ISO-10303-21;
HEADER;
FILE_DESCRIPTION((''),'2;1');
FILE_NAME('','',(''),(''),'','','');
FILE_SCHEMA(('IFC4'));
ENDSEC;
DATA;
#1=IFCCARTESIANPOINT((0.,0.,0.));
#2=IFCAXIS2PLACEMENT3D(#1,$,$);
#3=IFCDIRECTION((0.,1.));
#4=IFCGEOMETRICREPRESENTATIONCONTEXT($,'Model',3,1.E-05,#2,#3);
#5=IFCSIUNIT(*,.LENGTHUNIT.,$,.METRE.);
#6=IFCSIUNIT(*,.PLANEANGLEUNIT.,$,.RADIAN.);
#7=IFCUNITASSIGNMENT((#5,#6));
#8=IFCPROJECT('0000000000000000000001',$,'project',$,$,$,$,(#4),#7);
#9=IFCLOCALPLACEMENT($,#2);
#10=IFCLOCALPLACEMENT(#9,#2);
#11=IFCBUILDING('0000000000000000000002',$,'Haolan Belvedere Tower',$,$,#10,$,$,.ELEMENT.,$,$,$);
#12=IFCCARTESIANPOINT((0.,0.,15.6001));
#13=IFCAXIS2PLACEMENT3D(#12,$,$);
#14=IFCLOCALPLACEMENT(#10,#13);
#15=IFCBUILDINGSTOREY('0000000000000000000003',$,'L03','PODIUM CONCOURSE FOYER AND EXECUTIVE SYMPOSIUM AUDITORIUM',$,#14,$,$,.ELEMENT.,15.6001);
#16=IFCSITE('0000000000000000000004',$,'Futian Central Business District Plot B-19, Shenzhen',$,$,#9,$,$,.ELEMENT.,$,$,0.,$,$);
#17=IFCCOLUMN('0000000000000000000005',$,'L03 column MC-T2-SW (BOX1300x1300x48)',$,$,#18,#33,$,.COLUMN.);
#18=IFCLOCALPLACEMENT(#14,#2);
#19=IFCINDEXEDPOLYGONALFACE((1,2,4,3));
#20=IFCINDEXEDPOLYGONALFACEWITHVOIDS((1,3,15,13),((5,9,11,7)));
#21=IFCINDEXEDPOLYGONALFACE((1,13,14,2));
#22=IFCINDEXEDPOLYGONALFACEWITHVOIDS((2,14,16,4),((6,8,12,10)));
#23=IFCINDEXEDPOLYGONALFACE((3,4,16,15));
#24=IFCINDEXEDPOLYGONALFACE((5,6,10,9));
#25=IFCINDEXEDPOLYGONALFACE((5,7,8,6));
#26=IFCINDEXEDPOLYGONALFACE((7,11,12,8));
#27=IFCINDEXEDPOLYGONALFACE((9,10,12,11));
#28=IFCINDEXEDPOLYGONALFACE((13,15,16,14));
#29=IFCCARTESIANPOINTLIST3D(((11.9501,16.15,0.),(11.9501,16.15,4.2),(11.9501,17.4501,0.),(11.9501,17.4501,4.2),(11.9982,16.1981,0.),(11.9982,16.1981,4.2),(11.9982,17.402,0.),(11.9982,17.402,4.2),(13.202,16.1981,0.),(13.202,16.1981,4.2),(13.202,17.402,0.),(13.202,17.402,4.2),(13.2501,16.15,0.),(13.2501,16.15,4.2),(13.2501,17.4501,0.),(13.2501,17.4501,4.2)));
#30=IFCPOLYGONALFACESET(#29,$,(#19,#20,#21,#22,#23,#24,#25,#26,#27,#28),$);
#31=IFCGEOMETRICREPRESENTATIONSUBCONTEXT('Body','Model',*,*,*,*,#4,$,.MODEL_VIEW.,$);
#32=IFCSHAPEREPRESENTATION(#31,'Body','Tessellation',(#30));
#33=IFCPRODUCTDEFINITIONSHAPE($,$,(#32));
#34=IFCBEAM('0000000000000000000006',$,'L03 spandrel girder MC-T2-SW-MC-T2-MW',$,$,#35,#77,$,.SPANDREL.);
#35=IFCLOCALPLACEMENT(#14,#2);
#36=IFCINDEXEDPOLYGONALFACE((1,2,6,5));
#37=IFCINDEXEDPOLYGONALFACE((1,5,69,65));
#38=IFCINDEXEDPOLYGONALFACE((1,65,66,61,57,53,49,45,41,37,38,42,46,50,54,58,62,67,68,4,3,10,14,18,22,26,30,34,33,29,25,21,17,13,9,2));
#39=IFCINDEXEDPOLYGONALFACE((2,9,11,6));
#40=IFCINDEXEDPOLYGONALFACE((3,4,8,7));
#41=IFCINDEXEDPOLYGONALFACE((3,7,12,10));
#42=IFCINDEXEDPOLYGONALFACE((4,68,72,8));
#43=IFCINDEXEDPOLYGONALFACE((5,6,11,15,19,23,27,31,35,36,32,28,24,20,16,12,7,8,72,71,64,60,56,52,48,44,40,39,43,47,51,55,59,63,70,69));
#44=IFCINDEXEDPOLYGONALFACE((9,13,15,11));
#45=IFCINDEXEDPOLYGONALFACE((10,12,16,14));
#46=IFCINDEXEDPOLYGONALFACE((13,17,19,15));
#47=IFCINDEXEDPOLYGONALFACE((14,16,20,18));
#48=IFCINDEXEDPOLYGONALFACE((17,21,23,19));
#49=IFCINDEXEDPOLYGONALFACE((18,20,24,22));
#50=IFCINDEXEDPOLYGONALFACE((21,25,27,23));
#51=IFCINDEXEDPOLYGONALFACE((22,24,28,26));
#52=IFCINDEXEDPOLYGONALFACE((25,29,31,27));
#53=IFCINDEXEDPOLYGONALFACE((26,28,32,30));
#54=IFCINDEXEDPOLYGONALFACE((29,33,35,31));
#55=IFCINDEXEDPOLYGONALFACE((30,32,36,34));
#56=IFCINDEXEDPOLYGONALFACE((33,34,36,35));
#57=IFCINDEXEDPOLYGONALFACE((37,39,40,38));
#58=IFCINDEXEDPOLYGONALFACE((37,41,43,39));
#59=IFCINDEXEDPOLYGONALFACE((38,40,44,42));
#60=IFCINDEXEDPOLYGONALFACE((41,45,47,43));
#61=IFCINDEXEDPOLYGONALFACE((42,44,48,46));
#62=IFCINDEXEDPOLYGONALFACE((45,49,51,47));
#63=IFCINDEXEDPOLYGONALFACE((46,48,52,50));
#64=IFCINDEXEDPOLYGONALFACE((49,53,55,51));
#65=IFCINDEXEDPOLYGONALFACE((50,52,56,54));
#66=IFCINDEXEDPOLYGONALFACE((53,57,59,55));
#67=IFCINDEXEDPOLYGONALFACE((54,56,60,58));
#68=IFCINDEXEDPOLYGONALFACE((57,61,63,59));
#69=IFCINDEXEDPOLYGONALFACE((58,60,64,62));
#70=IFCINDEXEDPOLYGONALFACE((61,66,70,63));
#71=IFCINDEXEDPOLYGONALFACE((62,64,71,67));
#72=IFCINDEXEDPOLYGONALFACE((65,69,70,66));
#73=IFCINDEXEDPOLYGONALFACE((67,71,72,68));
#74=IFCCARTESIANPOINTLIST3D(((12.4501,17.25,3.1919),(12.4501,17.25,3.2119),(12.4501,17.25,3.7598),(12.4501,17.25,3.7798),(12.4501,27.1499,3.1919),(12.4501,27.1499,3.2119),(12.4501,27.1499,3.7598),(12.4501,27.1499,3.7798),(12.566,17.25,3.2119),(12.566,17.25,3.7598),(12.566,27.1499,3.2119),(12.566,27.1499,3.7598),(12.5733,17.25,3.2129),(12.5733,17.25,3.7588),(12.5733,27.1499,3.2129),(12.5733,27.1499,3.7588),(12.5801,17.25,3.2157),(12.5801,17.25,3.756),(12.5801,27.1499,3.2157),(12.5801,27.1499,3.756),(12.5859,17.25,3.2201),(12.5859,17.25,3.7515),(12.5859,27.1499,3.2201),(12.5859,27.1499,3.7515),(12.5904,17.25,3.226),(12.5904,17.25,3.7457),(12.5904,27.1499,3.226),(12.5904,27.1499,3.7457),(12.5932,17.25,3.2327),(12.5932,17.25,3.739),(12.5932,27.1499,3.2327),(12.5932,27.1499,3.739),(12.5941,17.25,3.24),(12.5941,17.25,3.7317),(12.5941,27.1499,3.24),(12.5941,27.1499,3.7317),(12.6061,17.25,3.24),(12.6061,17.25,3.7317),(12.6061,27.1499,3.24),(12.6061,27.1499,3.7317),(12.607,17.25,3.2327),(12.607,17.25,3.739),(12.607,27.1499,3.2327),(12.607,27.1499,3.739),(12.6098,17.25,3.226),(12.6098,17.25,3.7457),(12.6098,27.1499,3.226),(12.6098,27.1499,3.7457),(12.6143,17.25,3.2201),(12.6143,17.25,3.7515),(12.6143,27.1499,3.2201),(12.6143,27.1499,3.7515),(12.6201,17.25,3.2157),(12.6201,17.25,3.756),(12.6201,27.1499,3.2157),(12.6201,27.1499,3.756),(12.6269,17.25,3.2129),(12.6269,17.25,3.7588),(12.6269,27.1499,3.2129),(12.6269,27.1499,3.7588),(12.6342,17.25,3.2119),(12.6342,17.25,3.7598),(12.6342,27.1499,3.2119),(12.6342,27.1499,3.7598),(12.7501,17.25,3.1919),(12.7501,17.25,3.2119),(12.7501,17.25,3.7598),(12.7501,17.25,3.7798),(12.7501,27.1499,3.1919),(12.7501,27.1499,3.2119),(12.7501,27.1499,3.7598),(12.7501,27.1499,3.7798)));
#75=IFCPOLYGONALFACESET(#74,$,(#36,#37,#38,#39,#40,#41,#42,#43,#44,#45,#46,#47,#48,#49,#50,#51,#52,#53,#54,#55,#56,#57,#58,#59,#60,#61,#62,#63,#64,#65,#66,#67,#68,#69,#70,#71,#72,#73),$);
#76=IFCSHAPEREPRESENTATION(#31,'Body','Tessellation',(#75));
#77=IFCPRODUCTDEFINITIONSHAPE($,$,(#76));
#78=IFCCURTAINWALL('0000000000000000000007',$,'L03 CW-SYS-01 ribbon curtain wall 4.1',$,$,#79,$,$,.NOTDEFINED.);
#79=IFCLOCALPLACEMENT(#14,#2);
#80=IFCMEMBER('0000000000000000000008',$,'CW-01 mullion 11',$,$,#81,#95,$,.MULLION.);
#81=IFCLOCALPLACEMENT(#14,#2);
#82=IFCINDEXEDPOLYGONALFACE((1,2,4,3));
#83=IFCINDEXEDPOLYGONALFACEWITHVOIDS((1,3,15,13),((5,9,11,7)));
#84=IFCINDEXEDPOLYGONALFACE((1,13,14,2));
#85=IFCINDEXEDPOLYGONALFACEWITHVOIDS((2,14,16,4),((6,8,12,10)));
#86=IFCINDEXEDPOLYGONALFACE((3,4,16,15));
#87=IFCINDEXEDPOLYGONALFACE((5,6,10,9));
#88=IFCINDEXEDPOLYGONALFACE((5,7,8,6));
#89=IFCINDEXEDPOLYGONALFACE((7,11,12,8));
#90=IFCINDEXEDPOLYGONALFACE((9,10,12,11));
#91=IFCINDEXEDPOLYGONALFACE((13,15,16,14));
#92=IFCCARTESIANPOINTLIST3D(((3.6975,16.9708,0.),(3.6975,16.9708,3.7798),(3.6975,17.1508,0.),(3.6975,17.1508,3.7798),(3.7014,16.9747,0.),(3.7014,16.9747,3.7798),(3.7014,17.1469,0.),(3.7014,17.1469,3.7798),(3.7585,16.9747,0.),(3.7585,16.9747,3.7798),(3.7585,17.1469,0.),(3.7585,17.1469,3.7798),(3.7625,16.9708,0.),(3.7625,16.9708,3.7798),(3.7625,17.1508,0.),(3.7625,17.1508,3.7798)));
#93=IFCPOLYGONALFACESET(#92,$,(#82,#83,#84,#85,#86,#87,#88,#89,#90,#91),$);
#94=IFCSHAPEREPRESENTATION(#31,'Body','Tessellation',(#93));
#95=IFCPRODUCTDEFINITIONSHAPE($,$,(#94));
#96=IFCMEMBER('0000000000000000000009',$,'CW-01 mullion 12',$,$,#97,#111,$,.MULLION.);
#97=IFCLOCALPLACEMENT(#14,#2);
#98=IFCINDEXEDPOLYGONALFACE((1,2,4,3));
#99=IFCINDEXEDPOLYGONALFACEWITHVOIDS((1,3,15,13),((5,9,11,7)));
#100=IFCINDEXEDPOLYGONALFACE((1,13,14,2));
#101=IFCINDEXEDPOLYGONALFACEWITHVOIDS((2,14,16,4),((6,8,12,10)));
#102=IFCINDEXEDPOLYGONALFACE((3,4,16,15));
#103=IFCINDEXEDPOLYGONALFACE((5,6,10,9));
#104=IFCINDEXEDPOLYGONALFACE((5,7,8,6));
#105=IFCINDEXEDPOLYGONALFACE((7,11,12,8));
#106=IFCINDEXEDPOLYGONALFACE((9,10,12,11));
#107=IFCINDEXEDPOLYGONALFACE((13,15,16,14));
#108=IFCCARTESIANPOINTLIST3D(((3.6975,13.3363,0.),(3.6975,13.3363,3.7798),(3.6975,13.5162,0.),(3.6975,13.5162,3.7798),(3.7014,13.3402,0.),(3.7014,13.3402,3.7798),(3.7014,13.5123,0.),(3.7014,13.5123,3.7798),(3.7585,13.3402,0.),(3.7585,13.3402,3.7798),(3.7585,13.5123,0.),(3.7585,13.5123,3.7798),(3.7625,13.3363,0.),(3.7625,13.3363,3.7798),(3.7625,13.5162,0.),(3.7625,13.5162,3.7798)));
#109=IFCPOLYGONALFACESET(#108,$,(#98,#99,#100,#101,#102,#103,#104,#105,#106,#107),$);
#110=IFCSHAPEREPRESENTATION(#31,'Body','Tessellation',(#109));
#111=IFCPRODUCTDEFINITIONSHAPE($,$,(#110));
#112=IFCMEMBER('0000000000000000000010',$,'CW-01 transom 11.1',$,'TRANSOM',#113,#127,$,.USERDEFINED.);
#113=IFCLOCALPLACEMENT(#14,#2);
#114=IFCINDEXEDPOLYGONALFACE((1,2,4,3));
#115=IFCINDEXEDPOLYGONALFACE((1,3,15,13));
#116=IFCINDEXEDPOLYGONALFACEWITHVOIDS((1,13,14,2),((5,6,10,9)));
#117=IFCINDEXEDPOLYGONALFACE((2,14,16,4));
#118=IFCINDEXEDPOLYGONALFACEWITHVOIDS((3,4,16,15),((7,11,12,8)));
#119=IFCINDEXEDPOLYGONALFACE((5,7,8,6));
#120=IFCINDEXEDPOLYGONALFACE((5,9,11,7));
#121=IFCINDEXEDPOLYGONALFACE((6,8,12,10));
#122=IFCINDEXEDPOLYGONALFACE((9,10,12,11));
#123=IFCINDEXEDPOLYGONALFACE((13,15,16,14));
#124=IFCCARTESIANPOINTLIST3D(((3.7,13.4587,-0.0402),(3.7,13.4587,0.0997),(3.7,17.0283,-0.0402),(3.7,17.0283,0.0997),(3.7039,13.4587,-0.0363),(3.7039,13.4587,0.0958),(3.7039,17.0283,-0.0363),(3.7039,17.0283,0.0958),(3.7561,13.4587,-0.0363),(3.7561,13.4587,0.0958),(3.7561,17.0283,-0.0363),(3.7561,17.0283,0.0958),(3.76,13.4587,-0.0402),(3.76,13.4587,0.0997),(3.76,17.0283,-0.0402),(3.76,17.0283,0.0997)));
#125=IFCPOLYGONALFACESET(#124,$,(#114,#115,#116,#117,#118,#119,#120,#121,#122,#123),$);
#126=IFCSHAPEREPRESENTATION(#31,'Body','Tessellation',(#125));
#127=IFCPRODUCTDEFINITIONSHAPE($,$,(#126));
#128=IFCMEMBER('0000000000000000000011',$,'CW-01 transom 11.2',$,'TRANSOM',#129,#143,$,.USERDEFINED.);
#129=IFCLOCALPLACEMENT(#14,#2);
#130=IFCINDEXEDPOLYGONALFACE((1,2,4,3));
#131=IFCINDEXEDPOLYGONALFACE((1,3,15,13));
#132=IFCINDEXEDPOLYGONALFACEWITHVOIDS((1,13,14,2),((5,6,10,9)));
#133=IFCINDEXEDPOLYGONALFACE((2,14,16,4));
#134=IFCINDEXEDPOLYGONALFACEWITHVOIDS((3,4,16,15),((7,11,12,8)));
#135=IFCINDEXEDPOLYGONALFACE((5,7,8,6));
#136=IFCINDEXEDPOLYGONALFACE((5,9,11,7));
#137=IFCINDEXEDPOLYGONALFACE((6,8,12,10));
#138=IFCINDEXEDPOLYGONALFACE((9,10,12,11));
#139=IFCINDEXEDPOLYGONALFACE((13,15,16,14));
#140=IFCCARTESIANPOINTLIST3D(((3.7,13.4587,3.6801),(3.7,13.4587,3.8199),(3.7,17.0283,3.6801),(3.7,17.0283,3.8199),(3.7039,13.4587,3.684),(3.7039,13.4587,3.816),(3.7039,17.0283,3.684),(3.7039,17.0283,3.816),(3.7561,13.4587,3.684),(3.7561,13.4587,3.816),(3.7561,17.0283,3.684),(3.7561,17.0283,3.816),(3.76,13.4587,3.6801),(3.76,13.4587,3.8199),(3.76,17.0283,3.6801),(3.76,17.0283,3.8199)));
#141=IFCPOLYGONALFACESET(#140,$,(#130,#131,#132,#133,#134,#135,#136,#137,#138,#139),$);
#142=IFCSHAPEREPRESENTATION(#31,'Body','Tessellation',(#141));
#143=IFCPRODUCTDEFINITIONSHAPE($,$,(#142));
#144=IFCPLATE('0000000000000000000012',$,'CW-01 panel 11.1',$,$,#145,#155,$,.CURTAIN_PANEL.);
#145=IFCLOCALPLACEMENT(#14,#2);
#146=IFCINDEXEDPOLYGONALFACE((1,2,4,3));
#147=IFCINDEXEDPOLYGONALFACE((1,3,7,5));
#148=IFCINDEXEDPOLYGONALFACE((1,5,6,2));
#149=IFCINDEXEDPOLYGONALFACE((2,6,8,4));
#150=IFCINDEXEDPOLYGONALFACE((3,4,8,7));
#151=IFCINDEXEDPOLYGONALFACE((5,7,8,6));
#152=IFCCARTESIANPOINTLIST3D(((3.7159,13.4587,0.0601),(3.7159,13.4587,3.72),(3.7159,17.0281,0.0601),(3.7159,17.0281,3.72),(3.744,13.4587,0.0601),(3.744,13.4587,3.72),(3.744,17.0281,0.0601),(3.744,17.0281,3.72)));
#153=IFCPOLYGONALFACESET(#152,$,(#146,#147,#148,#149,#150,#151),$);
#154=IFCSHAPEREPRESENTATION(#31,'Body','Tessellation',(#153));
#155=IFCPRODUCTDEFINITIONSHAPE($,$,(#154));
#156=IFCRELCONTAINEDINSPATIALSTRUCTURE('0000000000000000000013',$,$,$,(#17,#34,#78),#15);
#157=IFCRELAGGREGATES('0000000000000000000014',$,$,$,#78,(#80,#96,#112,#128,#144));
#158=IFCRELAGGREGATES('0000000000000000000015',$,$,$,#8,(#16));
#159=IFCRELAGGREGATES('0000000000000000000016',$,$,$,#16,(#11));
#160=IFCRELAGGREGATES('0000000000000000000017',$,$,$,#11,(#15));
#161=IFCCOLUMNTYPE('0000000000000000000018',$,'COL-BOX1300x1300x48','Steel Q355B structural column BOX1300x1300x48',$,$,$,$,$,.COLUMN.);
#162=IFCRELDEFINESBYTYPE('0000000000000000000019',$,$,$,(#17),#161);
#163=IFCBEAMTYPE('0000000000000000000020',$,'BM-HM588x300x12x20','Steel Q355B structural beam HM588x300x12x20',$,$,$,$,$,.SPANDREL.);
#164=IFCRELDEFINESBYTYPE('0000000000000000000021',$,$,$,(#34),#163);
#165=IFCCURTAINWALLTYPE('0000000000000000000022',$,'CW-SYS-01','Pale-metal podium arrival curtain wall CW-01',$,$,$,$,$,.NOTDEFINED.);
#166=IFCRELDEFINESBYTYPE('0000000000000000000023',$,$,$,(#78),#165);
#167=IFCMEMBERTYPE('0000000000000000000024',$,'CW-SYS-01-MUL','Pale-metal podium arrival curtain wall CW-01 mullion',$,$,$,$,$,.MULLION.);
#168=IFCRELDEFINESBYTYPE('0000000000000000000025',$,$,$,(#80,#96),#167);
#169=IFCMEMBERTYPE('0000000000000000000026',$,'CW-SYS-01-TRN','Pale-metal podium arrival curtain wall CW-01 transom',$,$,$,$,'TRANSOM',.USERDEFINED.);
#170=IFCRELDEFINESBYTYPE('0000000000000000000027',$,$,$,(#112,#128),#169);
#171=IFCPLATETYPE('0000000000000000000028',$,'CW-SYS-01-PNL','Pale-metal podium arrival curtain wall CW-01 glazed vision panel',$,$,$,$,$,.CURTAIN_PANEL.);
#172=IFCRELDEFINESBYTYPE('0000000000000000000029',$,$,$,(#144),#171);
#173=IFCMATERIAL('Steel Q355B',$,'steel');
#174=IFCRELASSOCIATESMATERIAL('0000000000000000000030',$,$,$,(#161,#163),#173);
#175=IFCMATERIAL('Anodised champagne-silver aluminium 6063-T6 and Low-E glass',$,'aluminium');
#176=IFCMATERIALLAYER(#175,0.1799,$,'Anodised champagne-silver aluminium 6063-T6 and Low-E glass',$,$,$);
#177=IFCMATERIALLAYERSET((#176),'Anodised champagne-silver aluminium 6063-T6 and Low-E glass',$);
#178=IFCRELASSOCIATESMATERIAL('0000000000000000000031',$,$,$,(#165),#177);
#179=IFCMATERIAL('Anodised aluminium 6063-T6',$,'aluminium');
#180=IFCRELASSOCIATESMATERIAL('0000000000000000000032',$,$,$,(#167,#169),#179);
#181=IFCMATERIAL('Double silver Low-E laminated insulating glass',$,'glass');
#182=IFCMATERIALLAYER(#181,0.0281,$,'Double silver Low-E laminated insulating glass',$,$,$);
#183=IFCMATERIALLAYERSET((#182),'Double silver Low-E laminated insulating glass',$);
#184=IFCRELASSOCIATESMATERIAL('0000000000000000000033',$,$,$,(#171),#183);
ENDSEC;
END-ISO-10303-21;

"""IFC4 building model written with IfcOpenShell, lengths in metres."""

from ifc_helpers import new_model, si_unit, direction, frame, origin, origin_2d, place, context, subcontext, project, spatial, rectangle, hollow_rectangle, i_section, extrude, material, layer, layer_set, material_profile, profile_set, type_object, element, aggregate, save


model = new_model("IFC4")

# Units and contexts
model_context = context("Model", 3, precision=1e-05, world=origin(), true_north=direction((0.0, 1.0)))
body_context = subcontext(model_context, "Body", "Model", "MODEL_VIEW")
ifc_project = project(units=[si_unit("LENGTHUNIT", "METRE"), si_unit("PLANEANGLEUNIT", "RADIAN")], contexts=[model_context])

# Site, building, storey
site_placement = place(None, origin())
site = spatial("IfcSite", under=ifc_project, at=site_placement, Name="Futian Central Business District Plot B-19, Shenzhen", CompositionType="ELEMENT", RefElevation=0.0)
building_placement = place(site_placement, origin())
building = spatial("IfcBuilding", under=site, at=building_placement, Name="Haolan Belvedere Tower", CompositionType="ELEMENT")
storey_placement = place(building_placement, frame((0.0, 0.0, 15.6001)))
storey = spatial("IfcBuildingStorey", under=building, at=storey_placement, Name="L03", Description="PODIUM CONCOURSE FOYER AND EXECUTIVE SYMPOSIUM AUDITORIUM", CompositionType="ELEMENT", Elevation=15.6001)

# Column
ifc_material_1 = material(Name="Steel Q355B", Category="steel")
ifc_material_profile_1 = material_profile(ifc_material_1, hollow_rectangle(XDim=1.3, YDim=1.3, WallThickness=0.0481, at=origin_2d()), Name="Steel Q355B")
ifc_profile_set_1 = profile_set([ifc_material_profile_1], Name="Steel Q355B")
column_type = type_object("IfcColumnType", Name="COL-BOX1300x1300x48", Description="Steel Q355B structural column BOX1300x1300x48", PredefinedType="COLUMN", material=ifc_profile_set_1)
column_placement = place(storey_placement, frame((12.6001, 16.8, 0.0), z_axis=(0.0, 0.0, 1.0), x_axis=(1.0, 0.0, 0.0)))
element("IfcColumn", 1, at=column_placement, inside=storey, type_object=column_type, Name="L03 column MC-T2-SW (BOX1300x1300x48)", PredefinedType="COLUMN", context=body_context, shape_type="SweptSolid", body=[
    extrude(hollow_rectangle(XDim=1.3, YDim=1.3, WallThickness=0.0481, at=origin_2d()), origin(), (0.0, 0.0, 1.0), 4.2),
])

# Beam
ifc_material_profile_2 = material_profile(ifc_material_1, i_section(OverallWidth=0.3, OverallDepth=0.5879, WebThickness=0.012, FlangeThickness=0.02, FilletRadius=0.0281, at=origin_2d()), Name="Steel Q355B")
ifc_profile_set_2 = profile_set([ifc_material_profile_2], Name="Steel Q355B")
beam_type = type_object("IfcBeamType", Name="BM-HM588x300x12x20", Description="Steel Q355B structural beam HM588x300x12x20", PredefinedType="SPANDREL", material=ifc_profile_set_2)
beam_placement = place(storey_placement, frame((12.6001, 17.25, 3.4858), z_axis=(0.0, 1.0, 0.0), x_axis=(-1.0, 0.0, 0.0)))
element("IfcBeam", 2, at=beam_placement, inside=storey, type_object=beam_type, Name="L03 spandrel girder MC-T2-SW-MC-T2-MW", PredefinedType="SPANDREL", context=body_context, shape_type="SweptSolid", body=[
    extrude(i_section(OverallWidth=0.3, OverallDepth=0.5879, WebThickness=0.012, FlangeThickness=0.02, FilletRadius=0.0281, at=origin_2d()), origin(), (0.0, 0.0, 1.0), 9.8999),
])

# Curtain wall, members, plate
ifc_material_2 = material(Name="Anodised champagne-silver aluminium 6063-T6 and Low-E glass", Category="aluminium")
ifc_layer_1 = layer(ifc_material_2, 0.1799, Name="Anodised champagne-silver aluminium 6063-T6 and Low-E glass")
ifc_layer_set_1 = layer_set([ifc_layer_1], Name="Anodised champagne-silver aluminium 6063-T6 and Low-E glass")
curtain_wall_type = type_object("IfcCurtainWallType", Name="CW-SYS-01", Description="Pale-metal podium arrival curtain wall CW-01", PredefinedType="NOTDEFINED", material=ifc_layer_set_1)
curtain_wall_placement = place(storey_placement, origin())
curtain_wall = element("IfcCurtainWall", 3, at=curtain_wall_placement, inside=storey, type_object=curtain_wall_type, Name="L03 CW-SYS-01 ribbon curtain wall 4.1", PredefinedType="NOTDEFINED")
ifc_material_3 = material(Name="Anodised aluminium 6063-T6", Category="aluminium")
ifc_material_profile_3 = material_profile(ifc_material_3, hollow_rectangle(XDim=0.0649, YDim=0.1799, WallThickness=0.0039, at=origin_2d()), Name="Anodised aluminium 6063-T6")
ifc_profile_set_3 = profile_set([ifc_material_profile_3], Name="Anodised aluminium 6063-T6")
member_type_1 = type_object("IfcMemberType", Name="CW-SYS-01-MUL", Description="Pale-metal podium arrival curtain wall CW-01 mullion", PredefinedType="MULLION", material=ifc_profile_set_3)
member_1_placement = place(storey_placement, frame((3.73, 17.0608, 0.0), z_axis=(0.0, 0.0, 1.0), x_axis=(1.0, 0.0, 0.0)))
member_1 = element("IfcMember", 4, at=member_1_placement, type_object=member_type_1, Name="CW-01 mullion 11", PredefinedType="MULLION", context=body_context, shape_type="SweptSolid", body=[
    extrude(hollow_rectangle(XDim=0.0649, YDim=0.1799, WallThickness=0.0039, at=origin_2d()), origin(), (0.0, 0.0, 1.0), 3.7798),
])
member_2_placement = place(storey_placement, frame((3.73, 13.4263, 0.0), z_axis=(0.0, 0.0, 1.0), x_axis=(1.0, 0.0, 0.0)))
member_2 = element("IfcMember", 5, at=member_2_placement, type_object=member_type_1, Name="CW-01 mullion 12", PredefinedType="MULLION", context=body_context, shape_type="SweptSolid", body=[
    extrude(hollow_rectangle(XDim=0.0649, YDim=0.1799, WallThickness=0.0039, at=origin_2d()), origin(), (0.0, 0.0, 1.0), 3.7798),
])
ifc_material_profile_4 = material_profile(ifc_material_3, hollow_rectangle(XDim=0.0601, YDim=0.1399, WallThickness=0.0039, at=origin_2d()), Name="Anodised aluminium 6063-T6")
ifc_profile_set_4 = profile_set([ifc_material_profile_4], Name="Anodised aluminium 6063-T6")
member_type_2 = type_object("IfcMemberType", Name="CW-SYS-01-TRN", Description="Pale-metal podium arrival curtain wall CW-01 transom", ElementType="TRANSOM", PredefinedType="USERDEFINED", material=ifc_profile_set_4)
member_3_placement = place(storey_placement, frame((3.73, 17.0283, 0.0298), z_axis=(0.0, -1.0, 0.0), x_axis=(1.0, 0.0, 0.0)))
member_3 = element("IfcMember", 6, at=member_3_placement, type_object=member_type_2, Name="CW-01 transom 11.1", ObjectType="TRANSOM", PredefinedType="USERDEFINED", context=body_context, shape_type="SweptSolid", body=[
    extrude(hollow_rectangle(XDim=0.0601, YDim=0.1399, WallThickness=0.0039, at=origin_2d()), origin(), (0.0, 0.0, 1.0), 3.5696),
])
member_4_placement = place(storey_placement, frame((3.73, 17.0283, 3.75), z_axis=(0.0, -1.0, 0.0), x_axis=(1.0, 0.0, 0.0)))
member_4 = element("IfcMember", 7, at=member_4_placement, type_object=member_type_2, Name="CW-01 transom 11.2", ObjectType="TRANSOM", PredefinedType="USERDEFINED", context=body_context, shape_type="SweptSolid", body=[
    extrude(hollow_rectangle(XDim=0.0601, YDim=0.1399, WallThickness=0.0039, at=origin_2d()), origin(), (0.0, 0.0, 1.0), 3.5696),
])
ifc_material_4 = material(Name="Double silver Low-E laminated insulating glass", Category="glass")
ifc_layer_2 = layer(ifc_material_4, 0.0281, Name="Double silver Low-E laminated insulating glass")
ifc_layer_set_2 = layer_set([ifc_layer_2], Name="Double silver Low-E laminated insulating glass")
plate_type = type_object("IfcPlateType", Name="CW-SYS-01-PNL", Description="Pale-metal podium arrival curtain wall CW-01 glazed vision panel", PredefinedType="CURTAIN_PANEL", material=ifc_layer_set_2)
plate_placement = place(storey_placement, frame((3.73, 15.2434, 0.0601), z_axis=(0.0, 0.0, 1.0), x_axis=(0.0, -1.0, 0.0)))
plate = element("IfcPlate", 8, at=plate_placement, type_object=plate_type, Name="CW-01 panel 11.1", PredefinedType="CURTAIN_PANEL", context=body_context, shape_type="SweptSolid", body=[
    extrude(rectangle(XDim=3.5693, YDim=0.0281, at=origin_2d()), origin(), (0.0, 0.0, 1.0), 3.6599),
])
aggregate(curtain_wall, [member_1, member_2, member_3, member_4, plate])

save(model, "model.ifc")
